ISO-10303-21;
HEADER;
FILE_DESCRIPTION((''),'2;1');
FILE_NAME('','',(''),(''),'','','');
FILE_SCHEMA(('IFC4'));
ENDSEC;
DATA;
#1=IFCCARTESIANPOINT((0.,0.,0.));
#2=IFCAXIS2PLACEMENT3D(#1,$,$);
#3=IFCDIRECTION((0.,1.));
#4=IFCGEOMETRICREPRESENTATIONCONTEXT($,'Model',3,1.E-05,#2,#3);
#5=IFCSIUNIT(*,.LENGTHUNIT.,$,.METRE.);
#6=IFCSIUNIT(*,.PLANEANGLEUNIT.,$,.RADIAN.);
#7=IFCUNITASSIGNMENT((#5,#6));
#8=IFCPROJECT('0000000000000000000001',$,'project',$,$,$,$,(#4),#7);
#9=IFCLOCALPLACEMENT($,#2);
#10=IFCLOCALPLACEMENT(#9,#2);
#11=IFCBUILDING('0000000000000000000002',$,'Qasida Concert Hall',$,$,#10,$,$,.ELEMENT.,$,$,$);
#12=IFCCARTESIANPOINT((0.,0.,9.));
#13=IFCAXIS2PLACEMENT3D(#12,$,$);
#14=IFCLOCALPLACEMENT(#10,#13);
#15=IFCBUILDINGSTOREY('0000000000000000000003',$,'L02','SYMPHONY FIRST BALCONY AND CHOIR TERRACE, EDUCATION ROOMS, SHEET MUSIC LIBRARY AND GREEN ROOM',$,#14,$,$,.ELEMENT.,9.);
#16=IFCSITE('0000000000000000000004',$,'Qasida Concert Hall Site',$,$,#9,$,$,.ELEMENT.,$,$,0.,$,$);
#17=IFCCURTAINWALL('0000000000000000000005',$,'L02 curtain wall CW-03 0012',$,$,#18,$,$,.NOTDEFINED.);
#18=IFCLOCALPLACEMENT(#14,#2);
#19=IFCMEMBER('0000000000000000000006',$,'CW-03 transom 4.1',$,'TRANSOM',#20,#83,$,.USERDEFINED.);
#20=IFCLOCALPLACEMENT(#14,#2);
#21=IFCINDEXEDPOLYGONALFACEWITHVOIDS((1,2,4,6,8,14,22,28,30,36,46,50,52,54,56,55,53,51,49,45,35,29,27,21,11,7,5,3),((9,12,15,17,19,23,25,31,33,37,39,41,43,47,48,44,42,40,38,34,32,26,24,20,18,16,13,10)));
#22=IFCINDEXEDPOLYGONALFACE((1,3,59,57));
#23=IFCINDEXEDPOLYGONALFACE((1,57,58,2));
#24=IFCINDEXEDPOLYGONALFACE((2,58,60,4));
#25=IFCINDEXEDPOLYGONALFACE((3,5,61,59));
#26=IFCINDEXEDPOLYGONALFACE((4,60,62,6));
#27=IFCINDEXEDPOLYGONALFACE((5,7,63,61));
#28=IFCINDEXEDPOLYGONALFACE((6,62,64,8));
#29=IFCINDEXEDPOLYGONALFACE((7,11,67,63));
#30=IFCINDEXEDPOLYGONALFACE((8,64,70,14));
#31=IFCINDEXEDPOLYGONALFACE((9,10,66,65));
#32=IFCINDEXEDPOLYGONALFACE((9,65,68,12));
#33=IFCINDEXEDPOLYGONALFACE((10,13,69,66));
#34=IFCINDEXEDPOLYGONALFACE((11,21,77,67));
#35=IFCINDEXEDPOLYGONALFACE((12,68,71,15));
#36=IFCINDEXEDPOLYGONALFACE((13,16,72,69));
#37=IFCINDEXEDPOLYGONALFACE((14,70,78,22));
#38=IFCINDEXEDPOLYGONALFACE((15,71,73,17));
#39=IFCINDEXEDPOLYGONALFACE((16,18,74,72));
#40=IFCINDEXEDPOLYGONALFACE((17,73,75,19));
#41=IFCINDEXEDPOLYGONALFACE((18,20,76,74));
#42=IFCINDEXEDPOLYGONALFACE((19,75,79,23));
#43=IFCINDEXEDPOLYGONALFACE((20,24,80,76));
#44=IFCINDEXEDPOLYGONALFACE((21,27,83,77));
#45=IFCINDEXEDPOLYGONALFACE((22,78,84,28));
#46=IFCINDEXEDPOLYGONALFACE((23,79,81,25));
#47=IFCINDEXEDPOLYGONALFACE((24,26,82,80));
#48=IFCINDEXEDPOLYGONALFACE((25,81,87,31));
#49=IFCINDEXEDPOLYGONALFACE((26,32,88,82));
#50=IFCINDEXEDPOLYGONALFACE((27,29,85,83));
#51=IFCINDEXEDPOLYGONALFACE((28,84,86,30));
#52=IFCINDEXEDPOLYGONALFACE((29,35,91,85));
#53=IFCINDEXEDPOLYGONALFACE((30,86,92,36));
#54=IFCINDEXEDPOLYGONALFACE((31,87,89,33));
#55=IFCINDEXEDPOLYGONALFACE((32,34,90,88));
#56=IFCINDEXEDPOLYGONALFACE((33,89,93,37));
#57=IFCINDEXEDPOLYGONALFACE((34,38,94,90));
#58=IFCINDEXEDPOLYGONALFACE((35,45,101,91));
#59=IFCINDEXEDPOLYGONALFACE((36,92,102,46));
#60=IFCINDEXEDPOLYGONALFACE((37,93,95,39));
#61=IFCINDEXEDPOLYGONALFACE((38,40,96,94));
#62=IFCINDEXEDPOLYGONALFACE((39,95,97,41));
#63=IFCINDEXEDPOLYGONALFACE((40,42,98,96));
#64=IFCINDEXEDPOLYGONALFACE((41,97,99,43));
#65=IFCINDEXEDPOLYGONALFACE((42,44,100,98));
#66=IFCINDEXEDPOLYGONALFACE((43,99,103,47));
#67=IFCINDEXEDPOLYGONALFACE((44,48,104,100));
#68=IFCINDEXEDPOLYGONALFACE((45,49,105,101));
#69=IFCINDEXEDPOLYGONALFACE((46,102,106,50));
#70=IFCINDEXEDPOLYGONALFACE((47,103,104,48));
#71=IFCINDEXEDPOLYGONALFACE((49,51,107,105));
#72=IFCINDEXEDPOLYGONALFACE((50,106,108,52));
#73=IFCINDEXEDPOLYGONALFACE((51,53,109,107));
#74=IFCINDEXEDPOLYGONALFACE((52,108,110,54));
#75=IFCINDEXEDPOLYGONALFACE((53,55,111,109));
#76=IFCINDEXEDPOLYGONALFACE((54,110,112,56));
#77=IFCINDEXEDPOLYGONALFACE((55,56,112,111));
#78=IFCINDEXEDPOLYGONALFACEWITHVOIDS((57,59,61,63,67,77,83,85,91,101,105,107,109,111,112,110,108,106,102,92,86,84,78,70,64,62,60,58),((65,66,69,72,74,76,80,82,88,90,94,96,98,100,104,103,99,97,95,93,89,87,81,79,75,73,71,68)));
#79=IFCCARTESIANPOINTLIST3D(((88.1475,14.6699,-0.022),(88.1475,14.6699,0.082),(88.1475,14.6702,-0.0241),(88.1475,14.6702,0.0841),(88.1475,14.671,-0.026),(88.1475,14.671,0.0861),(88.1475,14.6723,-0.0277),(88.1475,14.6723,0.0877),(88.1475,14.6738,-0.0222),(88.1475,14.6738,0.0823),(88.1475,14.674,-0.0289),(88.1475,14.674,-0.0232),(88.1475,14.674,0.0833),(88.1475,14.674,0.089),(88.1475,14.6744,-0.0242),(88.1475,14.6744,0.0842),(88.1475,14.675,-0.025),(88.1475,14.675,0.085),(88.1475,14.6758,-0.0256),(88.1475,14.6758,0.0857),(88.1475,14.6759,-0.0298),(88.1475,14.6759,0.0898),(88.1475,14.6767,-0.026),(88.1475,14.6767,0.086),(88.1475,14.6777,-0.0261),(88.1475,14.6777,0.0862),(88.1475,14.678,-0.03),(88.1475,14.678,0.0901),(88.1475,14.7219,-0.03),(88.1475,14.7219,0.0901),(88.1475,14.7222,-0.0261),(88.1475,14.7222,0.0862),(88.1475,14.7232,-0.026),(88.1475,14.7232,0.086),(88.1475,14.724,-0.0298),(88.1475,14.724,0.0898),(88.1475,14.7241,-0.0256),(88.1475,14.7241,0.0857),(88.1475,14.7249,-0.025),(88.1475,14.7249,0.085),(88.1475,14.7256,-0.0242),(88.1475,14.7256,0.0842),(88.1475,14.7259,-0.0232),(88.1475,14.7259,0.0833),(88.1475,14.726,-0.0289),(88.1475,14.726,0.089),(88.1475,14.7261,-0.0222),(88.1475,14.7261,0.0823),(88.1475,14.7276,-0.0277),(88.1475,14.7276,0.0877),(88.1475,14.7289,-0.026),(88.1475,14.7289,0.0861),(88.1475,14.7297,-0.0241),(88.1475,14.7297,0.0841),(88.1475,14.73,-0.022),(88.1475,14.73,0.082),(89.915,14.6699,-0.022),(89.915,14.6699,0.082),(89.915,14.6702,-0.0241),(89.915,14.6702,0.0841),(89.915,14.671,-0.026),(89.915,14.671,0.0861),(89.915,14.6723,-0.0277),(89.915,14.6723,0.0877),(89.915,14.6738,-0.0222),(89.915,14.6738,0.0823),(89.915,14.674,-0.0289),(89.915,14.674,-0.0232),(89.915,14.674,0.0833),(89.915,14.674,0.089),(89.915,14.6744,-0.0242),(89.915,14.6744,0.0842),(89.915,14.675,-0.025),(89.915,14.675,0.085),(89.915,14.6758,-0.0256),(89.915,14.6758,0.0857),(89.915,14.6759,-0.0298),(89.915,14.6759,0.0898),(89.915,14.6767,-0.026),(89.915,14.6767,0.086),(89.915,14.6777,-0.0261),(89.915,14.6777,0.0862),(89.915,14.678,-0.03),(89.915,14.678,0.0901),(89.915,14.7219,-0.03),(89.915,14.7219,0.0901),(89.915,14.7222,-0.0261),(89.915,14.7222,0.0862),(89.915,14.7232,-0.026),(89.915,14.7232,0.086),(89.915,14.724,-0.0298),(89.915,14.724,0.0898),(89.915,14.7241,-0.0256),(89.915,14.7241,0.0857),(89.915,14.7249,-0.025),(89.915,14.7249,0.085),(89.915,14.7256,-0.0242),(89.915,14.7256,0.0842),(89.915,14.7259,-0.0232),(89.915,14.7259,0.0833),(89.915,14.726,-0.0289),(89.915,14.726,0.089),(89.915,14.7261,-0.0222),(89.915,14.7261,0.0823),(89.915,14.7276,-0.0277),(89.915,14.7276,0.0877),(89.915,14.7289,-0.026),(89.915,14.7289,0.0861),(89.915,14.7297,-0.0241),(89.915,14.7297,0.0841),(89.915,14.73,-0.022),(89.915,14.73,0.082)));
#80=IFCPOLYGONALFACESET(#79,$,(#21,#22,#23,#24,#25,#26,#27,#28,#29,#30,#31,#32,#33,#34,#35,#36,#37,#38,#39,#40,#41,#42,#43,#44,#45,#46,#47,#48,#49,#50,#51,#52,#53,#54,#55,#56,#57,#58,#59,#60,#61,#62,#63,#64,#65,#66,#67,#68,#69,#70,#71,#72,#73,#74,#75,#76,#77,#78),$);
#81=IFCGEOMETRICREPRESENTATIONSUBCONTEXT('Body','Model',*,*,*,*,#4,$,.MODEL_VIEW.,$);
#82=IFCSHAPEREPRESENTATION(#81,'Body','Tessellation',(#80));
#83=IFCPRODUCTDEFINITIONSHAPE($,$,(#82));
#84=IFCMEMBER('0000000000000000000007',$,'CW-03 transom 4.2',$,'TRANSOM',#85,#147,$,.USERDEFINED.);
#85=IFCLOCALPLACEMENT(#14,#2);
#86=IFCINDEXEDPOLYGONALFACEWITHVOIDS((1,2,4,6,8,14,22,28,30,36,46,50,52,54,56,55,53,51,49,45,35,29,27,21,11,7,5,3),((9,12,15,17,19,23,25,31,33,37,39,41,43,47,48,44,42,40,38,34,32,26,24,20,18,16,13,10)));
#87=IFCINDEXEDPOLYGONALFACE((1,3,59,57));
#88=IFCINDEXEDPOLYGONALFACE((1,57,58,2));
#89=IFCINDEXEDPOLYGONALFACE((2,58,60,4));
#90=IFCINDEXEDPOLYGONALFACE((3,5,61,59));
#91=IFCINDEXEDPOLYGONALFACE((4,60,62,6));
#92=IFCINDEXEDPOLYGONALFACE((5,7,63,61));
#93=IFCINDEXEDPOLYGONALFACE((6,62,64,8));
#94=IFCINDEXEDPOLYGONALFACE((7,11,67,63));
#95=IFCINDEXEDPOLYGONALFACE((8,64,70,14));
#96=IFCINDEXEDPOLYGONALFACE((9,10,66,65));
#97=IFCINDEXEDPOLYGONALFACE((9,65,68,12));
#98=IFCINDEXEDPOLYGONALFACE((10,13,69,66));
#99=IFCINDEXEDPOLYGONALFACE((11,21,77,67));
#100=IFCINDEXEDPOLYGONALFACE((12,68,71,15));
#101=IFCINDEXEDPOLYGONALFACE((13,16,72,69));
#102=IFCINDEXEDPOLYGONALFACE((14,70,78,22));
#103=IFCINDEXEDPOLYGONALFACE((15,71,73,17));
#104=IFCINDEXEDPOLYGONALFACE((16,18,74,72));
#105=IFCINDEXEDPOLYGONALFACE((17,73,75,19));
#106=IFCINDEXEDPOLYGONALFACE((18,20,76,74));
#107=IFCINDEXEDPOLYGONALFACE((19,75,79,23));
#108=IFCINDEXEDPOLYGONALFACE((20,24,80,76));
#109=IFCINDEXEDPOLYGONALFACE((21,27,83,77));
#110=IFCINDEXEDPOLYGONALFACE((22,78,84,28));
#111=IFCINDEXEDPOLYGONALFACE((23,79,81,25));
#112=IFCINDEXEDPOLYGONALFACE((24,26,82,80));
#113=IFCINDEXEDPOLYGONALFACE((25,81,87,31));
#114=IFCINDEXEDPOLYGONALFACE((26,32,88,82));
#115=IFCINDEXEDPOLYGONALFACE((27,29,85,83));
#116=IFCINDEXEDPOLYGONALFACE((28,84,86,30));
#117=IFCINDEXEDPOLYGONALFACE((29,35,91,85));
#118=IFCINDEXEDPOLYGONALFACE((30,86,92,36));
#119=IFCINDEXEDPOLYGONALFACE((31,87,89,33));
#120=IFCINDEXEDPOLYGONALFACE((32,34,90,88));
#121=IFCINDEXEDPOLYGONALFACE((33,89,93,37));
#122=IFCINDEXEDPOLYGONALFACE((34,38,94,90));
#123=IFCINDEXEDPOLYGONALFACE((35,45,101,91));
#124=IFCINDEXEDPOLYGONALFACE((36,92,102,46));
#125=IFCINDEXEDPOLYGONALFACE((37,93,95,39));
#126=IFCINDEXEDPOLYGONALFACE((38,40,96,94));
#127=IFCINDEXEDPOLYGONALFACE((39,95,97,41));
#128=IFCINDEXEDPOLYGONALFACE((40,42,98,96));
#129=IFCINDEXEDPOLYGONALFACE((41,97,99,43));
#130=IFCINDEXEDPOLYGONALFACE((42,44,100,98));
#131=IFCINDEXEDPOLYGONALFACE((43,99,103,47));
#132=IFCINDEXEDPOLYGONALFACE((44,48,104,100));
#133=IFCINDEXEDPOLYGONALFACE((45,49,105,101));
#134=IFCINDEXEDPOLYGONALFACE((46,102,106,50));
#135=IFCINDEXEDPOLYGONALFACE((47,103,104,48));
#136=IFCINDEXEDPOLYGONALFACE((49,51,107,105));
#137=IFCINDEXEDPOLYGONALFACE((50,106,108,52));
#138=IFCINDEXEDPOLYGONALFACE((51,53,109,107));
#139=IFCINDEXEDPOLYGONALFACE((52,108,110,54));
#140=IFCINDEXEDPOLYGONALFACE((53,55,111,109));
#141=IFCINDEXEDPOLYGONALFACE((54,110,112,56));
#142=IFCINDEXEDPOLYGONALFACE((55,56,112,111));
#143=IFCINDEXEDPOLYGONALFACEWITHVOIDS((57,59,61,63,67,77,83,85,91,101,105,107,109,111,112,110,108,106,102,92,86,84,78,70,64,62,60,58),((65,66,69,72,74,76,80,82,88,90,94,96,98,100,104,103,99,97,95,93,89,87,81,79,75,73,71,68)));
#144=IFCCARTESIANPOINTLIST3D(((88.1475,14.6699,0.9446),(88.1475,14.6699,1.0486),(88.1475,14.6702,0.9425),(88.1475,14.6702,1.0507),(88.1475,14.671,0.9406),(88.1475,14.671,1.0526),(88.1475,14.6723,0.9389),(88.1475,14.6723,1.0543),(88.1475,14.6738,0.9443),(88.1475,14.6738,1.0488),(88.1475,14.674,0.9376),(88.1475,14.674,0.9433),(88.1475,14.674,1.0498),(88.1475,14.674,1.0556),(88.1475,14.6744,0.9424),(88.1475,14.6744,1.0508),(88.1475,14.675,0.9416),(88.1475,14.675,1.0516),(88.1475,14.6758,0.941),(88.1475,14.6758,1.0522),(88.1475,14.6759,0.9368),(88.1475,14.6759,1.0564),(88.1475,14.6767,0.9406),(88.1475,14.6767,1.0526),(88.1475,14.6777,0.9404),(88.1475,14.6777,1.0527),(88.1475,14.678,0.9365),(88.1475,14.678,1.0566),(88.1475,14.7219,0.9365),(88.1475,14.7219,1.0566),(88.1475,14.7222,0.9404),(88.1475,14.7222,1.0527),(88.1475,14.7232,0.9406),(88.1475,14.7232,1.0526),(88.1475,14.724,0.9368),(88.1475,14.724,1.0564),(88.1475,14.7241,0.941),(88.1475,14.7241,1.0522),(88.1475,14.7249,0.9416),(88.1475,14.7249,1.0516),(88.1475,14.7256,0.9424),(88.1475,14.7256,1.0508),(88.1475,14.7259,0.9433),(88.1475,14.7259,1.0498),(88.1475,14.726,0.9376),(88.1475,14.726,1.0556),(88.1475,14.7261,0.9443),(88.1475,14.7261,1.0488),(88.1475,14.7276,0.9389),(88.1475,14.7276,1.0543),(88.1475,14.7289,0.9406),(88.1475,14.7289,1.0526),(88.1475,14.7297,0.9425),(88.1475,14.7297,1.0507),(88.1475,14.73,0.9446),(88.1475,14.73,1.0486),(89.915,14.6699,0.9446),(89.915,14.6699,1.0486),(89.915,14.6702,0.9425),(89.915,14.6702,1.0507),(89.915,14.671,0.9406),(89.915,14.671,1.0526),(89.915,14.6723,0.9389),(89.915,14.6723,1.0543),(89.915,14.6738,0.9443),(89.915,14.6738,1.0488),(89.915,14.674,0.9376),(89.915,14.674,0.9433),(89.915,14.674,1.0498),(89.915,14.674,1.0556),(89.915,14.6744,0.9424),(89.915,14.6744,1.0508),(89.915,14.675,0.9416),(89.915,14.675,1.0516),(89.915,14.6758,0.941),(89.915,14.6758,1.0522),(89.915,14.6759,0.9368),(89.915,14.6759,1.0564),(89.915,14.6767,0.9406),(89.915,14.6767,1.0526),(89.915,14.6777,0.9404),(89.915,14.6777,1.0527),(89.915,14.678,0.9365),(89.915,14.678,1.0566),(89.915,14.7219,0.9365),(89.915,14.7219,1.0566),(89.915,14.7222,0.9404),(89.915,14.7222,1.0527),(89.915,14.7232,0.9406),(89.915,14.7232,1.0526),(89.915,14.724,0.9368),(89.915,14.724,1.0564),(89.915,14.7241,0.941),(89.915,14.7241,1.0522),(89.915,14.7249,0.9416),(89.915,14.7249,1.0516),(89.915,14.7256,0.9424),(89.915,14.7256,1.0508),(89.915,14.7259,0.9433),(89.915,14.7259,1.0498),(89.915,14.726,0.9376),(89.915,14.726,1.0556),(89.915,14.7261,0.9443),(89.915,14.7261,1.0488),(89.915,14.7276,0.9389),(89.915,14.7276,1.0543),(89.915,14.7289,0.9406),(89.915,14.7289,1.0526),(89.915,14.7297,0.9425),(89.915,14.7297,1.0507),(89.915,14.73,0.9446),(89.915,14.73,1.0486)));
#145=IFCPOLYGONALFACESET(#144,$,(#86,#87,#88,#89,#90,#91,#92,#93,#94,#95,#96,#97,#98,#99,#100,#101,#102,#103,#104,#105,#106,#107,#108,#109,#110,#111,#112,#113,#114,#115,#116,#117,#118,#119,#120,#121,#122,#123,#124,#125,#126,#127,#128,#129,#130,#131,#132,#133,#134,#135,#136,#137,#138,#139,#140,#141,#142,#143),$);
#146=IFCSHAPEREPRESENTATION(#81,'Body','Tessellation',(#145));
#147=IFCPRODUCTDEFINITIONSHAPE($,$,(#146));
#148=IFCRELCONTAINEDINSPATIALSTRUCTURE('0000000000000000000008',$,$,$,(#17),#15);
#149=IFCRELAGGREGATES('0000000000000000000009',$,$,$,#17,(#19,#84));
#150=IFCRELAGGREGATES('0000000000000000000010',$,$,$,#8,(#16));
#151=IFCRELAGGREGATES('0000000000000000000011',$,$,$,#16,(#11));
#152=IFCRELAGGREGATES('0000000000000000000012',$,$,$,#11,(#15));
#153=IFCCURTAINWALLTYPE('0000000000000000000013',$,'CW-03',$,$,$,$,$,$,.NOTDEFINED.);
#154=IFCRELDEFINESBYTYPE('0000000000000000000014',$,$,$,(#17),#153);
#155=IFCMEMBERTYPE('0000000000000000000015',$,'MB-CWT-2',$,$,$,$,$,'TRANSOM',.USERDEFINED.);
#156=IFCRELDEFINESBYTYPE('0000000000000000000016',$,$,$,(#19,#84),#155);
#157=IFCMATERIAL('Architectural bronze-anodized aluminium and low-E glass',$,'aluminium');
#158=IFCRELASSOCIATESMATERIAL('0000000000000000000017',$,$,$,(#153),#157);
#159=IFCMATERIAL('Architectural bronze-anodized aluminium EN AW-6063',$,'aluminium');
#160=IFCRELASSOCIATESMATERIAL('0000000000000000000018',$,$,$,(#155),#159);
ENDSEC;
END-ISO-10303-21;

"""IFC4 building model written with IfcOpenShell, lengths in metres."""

from ifc_helpers import new_model, si_unit, direction, frame, origin, origin_2d, place, context, subcontext, project, spatial, hollow_rectangle, extrude, material, material_profile, profile_set, type_object, element, aggregate, save


model = new_model("IFC4")

# Units and contexts
model_context = context("Model", 3, precision=1e-05, world=origin(), true_north=direction((0.0, 1.0)))
body_context = subcontext(model_context, "Body", "Model", "MODEL_VIEW")
ifc_project = project(units=[si_unit("LENGTHUNIT", "METRE"), si_unit("PLANEANGLEUNIT", "RADIAN")], contexts=[model_context])

# Site, building, storey
site_placement = place(None, origin())
site = spatial("IfcSite", under=ifc_project, at=site_placement, Name="Qasida Concert Hall Site", CompositionType="ELEMENT", RefElevation=0.0)
building_placement = place(site_placement, origin())
building = spatial("IfcBuilding", under=site, at=building_placement, Name="Qasida Concert Hall", CompositionType="ELEMENT")
storey_placement = place(building_placement, frame((0.0, 0.0, 9.0)))
storey = spatial("IfcBuildingStorey", under=building, at=storey_placement, Name="L02", Description="SYMPHONY FIRST BALCONY AND CHOIR TERRACE, EDUCATION ROOMS, SHEET MUSIC LIBRARY AND GREEN ROOM", CompositionType="ELEMENT", Elevation=9.0)

# Curtain wall, members
ifc_material_1 = material(Name="Architectural bronze-anodized aluminium and low-E glass", Category="aluminium")
curtain_wall_type = type_object("IfcCurtainWallType", Name="CW-03", PredefinedType="NOTDEFINED", material=ifc_material_1)
curtain_wall_placement = place(storey_placement, origin())
curtain_wall = element("IfcCurtainWall", 1, at=curtain_wall_placement, inside=storey, type_object=curtain_wall_type, Name="L02 curtain wall CW-03 0012", PredefinedType="NOTDEFINED")
ifc_material_2 = material(Name="Architectural bronze-anodized aluminium EN AW-6063", Category="aluminium")
ifc_material_profile_1 = material_profile(ifc_material_2, hollow_rectangle(XDim=0.0601, YDim=0.1201, WallThickness=0.0039, InnerFilletRadius=0.0039, OuterFilletRadius=0.0081, at=origin_2d()), Name="CWT 120x60x4")
ifc_profile_set_1 = profile_set([ifc_material_profile_1], Name="Architectural bronze-anodized aluminium EN AW-6063")
member_type_1 = type_object("IfcMemberType", Name="MB-CWT-2", ElementType="TRANSOM", PredefinedType="USERDEFINED", material=ifc_profile_set_1)
member_1_placement = place(storey_placement, frame((88.1475, 14.7, 0.03), z_axis=(1.0, 0.0, 0.0), x_axis=(0.0, 1.0, 0.0)))
member_1 = element("IfcMember", 2, at=member_1_placement, type_object=member_type_1, Name="CW-03 transom 4.1", ObjectType="TRANSOM", PredefinedType="USERDEFINED", context=body_context, shape_type="SweptSolid", body=[
    extrude(hollow_rectangle(XDim=0.0601, YDim=0.1201, WallThickness=0.0039, InnerFilletRadius=0.0039, OuterFilletRadius=0.0081, at=origin_2d()), origin(), (0.0, 0.0, 1.0), 1.7676),
])
member_2_placement = place(storey_placement, frame((88.1475, 14.7, 0.9966), z_axis=(1.0, 0.0, 0.0), x_axis=(0.0, 1.0, 0.0)))
member_2 = element("IfcMember", 3, at=member_2_placement, type_object=member_type_1, Name="CW-03 transom 4.2", ObjectType="TRANSOM", PredefinedType="USERDEFINED", context=body_context, shape_type="SweptSolid", body=[
    extrude(hollow_rectangle(XDim=0.0601, YDim=0.1201, WallThickness=0.0039, InnerFilletRadius=0.0039, OuterFilletRadius=0.0081, at=origin_2d()), origin(), (0.0, 0.0, 1.0), 1.7676),
])
aggregate(curtain_wall, [member_1, member_2])

save(model, "model.ifc")
